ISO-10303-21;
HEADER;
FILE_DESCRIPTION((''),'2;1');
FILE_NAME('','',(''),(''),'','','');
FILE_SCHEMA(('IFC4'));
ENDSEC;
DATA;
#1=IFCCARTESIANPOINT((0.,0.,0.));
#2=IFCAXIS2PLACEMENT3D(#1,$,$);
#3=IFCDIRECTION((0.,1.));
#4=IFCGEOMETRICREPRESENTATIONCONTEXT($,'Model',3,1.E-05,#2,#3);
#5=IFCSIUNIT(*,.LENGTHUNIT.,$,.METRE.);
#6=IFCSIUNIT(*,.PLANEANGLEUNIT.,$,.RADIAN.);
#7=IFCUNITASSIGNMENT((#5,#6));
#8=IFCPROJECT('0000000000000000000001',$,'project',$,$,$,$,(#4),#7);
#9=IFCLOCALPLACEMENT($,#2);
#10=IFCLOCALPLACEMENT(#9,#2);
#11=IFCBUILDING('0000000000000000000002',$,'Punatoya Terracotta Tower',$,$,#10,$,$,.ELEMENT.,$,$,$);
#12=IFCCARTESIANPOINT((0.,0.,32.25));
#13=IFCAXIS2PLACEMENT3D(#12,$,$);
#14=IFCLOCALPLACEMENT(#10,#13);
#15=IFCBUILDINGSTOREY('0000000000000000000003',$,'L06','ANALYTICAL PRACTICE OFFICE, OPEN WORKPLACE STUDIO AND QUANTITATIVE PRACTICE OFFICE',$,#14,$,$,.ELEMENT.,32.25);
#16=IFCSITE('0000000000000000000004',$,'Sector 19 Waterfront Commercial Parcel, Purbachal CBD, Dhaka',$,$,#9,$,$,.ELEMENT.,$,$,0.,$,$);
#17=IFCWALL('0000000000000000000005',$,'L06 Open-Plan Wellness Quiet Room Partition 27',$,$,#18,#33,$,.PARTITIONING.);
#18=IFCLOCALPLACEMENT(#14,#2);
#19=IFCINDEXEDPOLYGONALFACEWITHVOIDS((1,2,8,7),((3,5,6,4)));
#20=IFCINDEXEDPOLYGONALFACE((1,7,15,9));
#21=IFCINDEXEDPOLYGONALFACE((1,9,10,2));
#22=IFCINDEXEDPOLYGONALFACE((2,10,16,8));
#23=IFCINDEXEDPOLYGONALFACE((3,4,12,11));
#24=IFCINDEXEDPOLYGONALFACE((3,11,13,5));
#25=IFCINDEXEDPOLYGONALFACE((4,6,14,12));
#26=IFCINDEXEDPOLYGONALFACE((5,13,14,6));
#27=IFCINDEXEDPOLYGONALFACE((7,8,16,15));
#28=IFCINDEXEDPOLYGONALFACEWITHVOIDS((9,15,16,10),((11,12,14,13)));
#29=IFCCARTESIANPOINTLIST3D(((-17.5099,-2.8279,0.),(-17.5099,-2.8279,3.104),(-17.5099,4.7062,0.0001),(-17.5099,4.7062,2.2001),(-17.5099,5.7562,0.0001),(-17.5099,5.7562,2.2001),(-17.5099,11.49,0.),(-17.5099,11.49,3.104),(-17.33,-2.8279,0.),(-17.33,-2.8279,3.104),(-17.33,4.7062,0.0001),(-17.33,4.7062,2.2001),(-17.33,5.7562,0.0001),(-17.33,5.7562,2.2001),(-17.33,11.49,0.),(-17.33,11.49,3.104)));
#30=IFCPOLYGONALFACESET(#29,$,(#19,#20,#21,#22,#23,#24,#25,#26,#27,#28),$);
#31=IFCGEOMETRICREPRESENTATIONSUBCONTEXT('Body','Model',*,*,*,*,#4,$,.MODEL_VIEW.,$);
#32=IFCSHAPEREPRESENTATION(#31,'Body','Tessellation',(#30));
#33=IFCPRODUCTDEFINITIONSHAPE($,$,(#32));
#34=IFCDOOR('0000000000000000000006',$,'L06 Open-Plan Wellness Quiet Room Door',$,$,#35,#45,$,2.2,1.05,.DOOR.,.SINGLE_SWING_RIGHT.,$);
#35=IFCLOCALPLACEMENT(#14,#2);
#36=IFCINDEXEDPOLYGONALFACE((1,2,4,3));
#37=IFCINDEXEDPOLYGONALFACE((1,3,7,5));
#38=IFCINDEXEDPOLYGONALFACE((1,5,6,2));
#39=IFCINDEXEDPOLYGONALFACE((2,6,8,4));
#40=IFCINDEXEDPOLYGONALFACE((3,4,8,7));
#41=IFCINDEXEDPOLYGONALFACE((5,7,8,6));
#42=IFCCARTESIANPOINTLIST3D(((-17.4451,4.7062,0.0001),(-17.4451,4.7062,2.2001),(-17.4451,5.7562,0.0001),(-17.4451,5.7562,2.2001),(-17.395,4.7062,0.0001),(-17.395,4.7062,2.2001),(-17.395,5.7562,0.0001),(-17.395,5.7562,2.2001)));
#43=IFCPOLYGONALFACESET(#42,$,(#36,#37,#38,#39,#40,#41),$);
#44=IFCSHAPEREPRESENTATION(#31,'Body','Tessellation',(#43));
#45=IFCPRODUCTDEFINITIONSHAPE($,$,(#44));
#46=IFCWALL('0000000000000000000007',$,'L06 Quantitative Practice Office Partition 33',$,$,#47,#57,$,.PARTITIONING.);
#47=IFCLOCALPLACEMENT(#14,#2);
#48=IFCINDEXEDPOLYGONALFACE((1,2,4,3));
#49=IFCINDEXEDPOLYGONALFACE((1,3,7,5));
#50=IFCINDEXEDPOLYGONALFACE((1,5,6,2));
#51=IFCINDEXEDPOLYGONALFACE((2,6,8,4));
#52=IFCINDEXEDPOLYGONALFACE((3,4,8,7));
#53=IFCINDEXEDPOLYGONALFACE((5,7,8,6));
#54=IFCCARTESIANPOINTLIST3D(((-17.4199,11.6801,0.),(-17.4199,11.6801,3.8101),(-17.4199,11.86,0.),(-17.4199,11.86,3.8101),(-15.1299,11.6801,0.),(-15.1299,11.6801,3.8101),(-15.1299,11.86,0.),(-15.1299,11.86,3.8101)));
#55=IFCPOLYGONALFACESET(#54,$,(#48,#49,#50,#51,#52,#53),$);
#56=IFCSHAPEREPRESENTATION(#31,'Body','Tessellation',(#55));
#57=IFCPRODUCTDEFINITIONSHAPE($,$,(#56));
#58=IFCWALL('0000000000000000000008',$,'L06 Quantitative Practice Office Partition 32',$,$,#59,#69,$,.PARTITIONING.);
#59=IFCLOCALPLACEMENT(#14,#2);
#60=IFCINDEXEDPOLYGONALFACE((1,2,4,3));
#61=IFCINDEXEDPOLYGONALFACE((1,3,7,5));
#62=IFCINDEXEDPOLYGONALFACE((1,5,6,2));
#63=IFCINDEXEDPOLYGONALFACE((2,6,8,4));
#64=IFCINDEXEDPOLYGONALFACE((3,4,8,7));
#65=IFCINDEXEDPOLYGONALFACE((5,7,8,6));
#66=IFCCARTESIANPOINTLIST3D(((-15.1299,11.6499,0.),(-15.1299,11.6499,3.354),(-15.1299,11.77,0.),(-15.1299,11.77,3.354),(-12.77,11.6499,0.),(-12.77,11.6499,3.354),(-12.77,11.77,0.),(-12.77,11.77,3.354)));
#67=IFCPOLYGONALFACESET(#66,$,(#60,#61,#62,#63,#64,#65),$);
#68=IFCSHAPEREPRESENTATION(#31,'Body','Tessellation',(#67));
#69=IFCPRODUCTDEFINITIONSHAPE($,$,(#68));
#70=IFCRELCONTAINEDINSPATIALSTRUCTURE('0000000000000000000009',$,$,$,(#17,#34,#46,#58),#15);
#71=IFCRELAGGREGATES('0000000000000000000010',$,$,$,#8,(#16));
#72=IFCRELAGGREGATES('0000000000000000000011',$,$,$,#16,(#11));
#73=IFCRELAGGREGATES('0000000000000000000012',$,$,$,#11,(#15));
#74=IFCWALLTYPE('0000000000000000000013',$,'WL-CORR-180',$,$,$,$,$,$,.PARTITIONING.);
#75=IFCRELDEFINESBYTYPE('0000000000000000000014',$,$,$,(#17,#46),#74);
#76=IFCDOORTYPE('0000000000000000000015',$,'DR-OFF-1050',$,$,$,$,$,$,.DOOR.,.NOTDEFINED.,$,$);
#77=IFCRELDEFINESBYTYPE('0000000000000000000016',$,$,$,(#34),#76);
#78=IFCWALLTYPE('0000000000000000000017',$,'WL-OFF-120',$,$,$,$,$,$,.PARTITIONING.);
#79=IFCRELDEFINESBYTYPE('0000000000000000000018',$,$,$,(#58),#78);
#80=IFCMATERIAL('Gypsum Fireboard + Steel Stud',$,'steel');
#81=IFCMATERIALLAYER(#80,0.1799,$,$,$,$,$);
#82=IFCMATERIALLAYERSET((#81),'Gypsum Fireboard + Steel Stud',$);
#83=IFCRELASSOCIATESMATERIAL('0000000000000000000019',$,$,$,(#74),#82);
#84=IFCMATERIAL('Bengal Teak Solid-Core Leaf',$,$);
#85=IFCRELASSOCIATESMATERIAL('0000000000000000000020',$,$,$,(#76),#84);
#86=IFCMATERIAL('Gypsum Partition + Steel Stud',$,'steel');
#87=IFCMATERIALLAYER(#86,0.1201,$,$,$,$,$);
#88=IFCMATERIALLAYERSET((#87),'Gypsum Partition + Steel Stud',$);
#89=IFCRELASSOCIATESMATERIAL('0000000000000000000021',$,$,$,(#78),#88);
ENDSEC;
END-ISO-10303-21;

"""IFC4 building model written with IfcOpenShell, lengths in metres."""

from ifc_helpers import new_model, si_unit, direction, frame, frame_2d, origin, place, context, subcontext, project, spatial, rectangle, extrude, material, layer, layer_set, type_object, element, fill, save


model = new_model("IFC4")

# Units and contexts
model_context = context("Model", 3, precision=1e-05, world=origin(), true_north=direction((0.0, 1.0)))
body_context = subcontext(model_context, "Body", "Model", "MODEL_VIEW")
ifc_project = project(units=[si_unit("LENGTHUNIT", "METRE"), si_unit("PLANEANGLEUNIT", "RADIAN")], contexts=[model_context])

# Site, building, storey
site_placement = place(None, origin())
site = spatial("IfcSite", under=ifc_project, at=site_placement, Name="Sector 19 Waterfront Commercial Parcel, Purbachal CBD, Dhaka", CompositionType="ELEMENT", RefElevation=0.0)
building_placement = place(site_placement, origin())
building = spatial("IfcBuilding", under=site, at=building_placement, Name="Punatoya Terracotta Tower", CompositionType="ELEMENT")
storey_placement = place(building_placement, frame((0.0, 0.0, 32.25)))
storey = spatial("IfcBuildingStorey", under=building, at=storey_placement, Name="L06", Description="ANALYTICAL PRACTICE OFFICE, OPEN WORKPLACE STUDIO AND QUANTITATIVE PRACTICE OFFICE", CompositionType="ELEMENT", Elevation=32.25)

# Wall, opening, door
ifc_material_1 = material(Name="Gypsum Fireboard + Steel Stud", Category="steel")
ifc_layer_1 = layer(ifc_material_1, 0.1799)
ifc_layer_set_1 = layer_set([ifc_layer_1], Name="Gypsum Fireboard + Steel Stud")
wall_type_1 = type_object("IfcWallType", Name="WL-CORR-180", PredefinedType="PARTITIONING", material=ifc_layer_set_1)
wall_1_placement = place(storey_placement, frame((-17.4199, 11.49, 0.0), z_axis=(0.0, 0.0, 1.0), x_axis=(0.0, -1.0, 0.0)))
wall_1 = element("IfcWall", 1, at=wall_1_placement, inside=storey, type_object=wall_type_1, Name="L06 Open-Plan Wellness Quiet Room Partition 27", PredefinedType="PARTITIONING", context=body_context, shape_type="SweptSolid", body=[
    extrude(rectangle(XDim=14.3179, YDim=0.1799, at=frame_2d((7.1589, 0.0))), origin(), (0.0, 0.0, 1.0), 3.104),
])
opening_placement = place(wall_1_placement, frame((5.7339, 0.0, 0.0)))
opening = element("IfcOpeningElement", 2, at=opening_placement, cuts=wall_1, PredefinedType="OPENING", context=body_context, shape_type="SweptSolid", body=[
    extrude(rectangle(XDim=1.05, YDim=2.2, at=frame_2d((0.5249, 1.1001))), frame((0.0, 0.0999, 0.0), z_axis=(0.0, -1.0, 0.0), x_axis=(1.0, 0.0, 0.0)), (0.0, 0.0, 1.0), 0.2),
])
ifc_material_2 = material(Name="Bengal Teak Solid-Core Leaf")
door_type = type_object("IfcDoorType", Name="DR-OFF-1050", OperationType="NOTDEFINED", PredefinedType="DOOR", material=ifc_material_2)
door_placement = place(opening_placement, origin())
door = element("IfcDoor", 3, at=door_placement, inside=storey, type_object=door_type, Name="L06 Open-Plan Wellness Quiet Room Door", OperationType="SINGLE_SWING_RIGHT", OverallHeight=2.2, OverallWidth=1.05, PredefinedType="DOOR", context=body_context, shape_type="SweptSolid", body=[
    extrude(rectangle(XDim=1.05, YDim=2.2, at=frame_2d((0.5249, 1.1001))), frame((0.0, 0.0249, 0.0), z_axis=(0.0, -1.0, 0.0), x_axis=(1.0, 0.0, 0.0)), (0.0, 0.0, 1.0), 0.05),
])
fill(opening, door)

# Walls
wall_2_placement = place(storey_placement, frame((-15.1299, 11.77, 0.0), z_axis=(0.0, 0.0, 1.0), x_axis=(-1.0, 0.0, 0.0)))
element("IfcWall", 4, at=wall_2_placement, inside=storey, type_object=wall_type_1, Name="L06 Quantitative Practice Office Partition 33", PredefinedType="PARTITIONING", context=body_context, shape_type="SweptSolid", body=[
    extrude(rectangle(XDim=2.29, YDim=0.1799, at=frame_2d((1.145, 0.0))), origin(), (0.0, 0.0, 1.0), 3.8101),
])
ifc_material_3 = material(Name="Gypsum Partition + Steel Stud", Category="steel")
ifc_layer_2 = layer(ifc_material_3, 0.1201)
ifc_layer_set_2 = layer_set([ifc_layer_2], Name="Gypsum Partition + Steel Stud")
wall_type_2 = type_object("IfcWallType", Name="WL-OFF-120", PredefinedType="PARTITIONING", material=ifc_layer_set_2)
wall_3_placement = place(storey_placement, frame((-12.77, 11.71, 0.0), z_axis=(0.0, 0.0, 1.0), x_axis=(-1.0, 0.0, 0.0)))
element("IfcWall", 5, at=wall_3_placement, inside=storey, type_object=wall_type_2, Name="L06 Quantitative Practice Office Partition 32", PredefinedType="PARTITIONING", context=body_context, shape_type="SweptSolid", body=[
    extrude(rectangle(XDim=2.3599, YDim=0.1201, at=frame_2d((1.1799, 0.0))), origin(), (0.0, 0.0, 1.0), 3.354),
])

save(model, "model.ifc")
